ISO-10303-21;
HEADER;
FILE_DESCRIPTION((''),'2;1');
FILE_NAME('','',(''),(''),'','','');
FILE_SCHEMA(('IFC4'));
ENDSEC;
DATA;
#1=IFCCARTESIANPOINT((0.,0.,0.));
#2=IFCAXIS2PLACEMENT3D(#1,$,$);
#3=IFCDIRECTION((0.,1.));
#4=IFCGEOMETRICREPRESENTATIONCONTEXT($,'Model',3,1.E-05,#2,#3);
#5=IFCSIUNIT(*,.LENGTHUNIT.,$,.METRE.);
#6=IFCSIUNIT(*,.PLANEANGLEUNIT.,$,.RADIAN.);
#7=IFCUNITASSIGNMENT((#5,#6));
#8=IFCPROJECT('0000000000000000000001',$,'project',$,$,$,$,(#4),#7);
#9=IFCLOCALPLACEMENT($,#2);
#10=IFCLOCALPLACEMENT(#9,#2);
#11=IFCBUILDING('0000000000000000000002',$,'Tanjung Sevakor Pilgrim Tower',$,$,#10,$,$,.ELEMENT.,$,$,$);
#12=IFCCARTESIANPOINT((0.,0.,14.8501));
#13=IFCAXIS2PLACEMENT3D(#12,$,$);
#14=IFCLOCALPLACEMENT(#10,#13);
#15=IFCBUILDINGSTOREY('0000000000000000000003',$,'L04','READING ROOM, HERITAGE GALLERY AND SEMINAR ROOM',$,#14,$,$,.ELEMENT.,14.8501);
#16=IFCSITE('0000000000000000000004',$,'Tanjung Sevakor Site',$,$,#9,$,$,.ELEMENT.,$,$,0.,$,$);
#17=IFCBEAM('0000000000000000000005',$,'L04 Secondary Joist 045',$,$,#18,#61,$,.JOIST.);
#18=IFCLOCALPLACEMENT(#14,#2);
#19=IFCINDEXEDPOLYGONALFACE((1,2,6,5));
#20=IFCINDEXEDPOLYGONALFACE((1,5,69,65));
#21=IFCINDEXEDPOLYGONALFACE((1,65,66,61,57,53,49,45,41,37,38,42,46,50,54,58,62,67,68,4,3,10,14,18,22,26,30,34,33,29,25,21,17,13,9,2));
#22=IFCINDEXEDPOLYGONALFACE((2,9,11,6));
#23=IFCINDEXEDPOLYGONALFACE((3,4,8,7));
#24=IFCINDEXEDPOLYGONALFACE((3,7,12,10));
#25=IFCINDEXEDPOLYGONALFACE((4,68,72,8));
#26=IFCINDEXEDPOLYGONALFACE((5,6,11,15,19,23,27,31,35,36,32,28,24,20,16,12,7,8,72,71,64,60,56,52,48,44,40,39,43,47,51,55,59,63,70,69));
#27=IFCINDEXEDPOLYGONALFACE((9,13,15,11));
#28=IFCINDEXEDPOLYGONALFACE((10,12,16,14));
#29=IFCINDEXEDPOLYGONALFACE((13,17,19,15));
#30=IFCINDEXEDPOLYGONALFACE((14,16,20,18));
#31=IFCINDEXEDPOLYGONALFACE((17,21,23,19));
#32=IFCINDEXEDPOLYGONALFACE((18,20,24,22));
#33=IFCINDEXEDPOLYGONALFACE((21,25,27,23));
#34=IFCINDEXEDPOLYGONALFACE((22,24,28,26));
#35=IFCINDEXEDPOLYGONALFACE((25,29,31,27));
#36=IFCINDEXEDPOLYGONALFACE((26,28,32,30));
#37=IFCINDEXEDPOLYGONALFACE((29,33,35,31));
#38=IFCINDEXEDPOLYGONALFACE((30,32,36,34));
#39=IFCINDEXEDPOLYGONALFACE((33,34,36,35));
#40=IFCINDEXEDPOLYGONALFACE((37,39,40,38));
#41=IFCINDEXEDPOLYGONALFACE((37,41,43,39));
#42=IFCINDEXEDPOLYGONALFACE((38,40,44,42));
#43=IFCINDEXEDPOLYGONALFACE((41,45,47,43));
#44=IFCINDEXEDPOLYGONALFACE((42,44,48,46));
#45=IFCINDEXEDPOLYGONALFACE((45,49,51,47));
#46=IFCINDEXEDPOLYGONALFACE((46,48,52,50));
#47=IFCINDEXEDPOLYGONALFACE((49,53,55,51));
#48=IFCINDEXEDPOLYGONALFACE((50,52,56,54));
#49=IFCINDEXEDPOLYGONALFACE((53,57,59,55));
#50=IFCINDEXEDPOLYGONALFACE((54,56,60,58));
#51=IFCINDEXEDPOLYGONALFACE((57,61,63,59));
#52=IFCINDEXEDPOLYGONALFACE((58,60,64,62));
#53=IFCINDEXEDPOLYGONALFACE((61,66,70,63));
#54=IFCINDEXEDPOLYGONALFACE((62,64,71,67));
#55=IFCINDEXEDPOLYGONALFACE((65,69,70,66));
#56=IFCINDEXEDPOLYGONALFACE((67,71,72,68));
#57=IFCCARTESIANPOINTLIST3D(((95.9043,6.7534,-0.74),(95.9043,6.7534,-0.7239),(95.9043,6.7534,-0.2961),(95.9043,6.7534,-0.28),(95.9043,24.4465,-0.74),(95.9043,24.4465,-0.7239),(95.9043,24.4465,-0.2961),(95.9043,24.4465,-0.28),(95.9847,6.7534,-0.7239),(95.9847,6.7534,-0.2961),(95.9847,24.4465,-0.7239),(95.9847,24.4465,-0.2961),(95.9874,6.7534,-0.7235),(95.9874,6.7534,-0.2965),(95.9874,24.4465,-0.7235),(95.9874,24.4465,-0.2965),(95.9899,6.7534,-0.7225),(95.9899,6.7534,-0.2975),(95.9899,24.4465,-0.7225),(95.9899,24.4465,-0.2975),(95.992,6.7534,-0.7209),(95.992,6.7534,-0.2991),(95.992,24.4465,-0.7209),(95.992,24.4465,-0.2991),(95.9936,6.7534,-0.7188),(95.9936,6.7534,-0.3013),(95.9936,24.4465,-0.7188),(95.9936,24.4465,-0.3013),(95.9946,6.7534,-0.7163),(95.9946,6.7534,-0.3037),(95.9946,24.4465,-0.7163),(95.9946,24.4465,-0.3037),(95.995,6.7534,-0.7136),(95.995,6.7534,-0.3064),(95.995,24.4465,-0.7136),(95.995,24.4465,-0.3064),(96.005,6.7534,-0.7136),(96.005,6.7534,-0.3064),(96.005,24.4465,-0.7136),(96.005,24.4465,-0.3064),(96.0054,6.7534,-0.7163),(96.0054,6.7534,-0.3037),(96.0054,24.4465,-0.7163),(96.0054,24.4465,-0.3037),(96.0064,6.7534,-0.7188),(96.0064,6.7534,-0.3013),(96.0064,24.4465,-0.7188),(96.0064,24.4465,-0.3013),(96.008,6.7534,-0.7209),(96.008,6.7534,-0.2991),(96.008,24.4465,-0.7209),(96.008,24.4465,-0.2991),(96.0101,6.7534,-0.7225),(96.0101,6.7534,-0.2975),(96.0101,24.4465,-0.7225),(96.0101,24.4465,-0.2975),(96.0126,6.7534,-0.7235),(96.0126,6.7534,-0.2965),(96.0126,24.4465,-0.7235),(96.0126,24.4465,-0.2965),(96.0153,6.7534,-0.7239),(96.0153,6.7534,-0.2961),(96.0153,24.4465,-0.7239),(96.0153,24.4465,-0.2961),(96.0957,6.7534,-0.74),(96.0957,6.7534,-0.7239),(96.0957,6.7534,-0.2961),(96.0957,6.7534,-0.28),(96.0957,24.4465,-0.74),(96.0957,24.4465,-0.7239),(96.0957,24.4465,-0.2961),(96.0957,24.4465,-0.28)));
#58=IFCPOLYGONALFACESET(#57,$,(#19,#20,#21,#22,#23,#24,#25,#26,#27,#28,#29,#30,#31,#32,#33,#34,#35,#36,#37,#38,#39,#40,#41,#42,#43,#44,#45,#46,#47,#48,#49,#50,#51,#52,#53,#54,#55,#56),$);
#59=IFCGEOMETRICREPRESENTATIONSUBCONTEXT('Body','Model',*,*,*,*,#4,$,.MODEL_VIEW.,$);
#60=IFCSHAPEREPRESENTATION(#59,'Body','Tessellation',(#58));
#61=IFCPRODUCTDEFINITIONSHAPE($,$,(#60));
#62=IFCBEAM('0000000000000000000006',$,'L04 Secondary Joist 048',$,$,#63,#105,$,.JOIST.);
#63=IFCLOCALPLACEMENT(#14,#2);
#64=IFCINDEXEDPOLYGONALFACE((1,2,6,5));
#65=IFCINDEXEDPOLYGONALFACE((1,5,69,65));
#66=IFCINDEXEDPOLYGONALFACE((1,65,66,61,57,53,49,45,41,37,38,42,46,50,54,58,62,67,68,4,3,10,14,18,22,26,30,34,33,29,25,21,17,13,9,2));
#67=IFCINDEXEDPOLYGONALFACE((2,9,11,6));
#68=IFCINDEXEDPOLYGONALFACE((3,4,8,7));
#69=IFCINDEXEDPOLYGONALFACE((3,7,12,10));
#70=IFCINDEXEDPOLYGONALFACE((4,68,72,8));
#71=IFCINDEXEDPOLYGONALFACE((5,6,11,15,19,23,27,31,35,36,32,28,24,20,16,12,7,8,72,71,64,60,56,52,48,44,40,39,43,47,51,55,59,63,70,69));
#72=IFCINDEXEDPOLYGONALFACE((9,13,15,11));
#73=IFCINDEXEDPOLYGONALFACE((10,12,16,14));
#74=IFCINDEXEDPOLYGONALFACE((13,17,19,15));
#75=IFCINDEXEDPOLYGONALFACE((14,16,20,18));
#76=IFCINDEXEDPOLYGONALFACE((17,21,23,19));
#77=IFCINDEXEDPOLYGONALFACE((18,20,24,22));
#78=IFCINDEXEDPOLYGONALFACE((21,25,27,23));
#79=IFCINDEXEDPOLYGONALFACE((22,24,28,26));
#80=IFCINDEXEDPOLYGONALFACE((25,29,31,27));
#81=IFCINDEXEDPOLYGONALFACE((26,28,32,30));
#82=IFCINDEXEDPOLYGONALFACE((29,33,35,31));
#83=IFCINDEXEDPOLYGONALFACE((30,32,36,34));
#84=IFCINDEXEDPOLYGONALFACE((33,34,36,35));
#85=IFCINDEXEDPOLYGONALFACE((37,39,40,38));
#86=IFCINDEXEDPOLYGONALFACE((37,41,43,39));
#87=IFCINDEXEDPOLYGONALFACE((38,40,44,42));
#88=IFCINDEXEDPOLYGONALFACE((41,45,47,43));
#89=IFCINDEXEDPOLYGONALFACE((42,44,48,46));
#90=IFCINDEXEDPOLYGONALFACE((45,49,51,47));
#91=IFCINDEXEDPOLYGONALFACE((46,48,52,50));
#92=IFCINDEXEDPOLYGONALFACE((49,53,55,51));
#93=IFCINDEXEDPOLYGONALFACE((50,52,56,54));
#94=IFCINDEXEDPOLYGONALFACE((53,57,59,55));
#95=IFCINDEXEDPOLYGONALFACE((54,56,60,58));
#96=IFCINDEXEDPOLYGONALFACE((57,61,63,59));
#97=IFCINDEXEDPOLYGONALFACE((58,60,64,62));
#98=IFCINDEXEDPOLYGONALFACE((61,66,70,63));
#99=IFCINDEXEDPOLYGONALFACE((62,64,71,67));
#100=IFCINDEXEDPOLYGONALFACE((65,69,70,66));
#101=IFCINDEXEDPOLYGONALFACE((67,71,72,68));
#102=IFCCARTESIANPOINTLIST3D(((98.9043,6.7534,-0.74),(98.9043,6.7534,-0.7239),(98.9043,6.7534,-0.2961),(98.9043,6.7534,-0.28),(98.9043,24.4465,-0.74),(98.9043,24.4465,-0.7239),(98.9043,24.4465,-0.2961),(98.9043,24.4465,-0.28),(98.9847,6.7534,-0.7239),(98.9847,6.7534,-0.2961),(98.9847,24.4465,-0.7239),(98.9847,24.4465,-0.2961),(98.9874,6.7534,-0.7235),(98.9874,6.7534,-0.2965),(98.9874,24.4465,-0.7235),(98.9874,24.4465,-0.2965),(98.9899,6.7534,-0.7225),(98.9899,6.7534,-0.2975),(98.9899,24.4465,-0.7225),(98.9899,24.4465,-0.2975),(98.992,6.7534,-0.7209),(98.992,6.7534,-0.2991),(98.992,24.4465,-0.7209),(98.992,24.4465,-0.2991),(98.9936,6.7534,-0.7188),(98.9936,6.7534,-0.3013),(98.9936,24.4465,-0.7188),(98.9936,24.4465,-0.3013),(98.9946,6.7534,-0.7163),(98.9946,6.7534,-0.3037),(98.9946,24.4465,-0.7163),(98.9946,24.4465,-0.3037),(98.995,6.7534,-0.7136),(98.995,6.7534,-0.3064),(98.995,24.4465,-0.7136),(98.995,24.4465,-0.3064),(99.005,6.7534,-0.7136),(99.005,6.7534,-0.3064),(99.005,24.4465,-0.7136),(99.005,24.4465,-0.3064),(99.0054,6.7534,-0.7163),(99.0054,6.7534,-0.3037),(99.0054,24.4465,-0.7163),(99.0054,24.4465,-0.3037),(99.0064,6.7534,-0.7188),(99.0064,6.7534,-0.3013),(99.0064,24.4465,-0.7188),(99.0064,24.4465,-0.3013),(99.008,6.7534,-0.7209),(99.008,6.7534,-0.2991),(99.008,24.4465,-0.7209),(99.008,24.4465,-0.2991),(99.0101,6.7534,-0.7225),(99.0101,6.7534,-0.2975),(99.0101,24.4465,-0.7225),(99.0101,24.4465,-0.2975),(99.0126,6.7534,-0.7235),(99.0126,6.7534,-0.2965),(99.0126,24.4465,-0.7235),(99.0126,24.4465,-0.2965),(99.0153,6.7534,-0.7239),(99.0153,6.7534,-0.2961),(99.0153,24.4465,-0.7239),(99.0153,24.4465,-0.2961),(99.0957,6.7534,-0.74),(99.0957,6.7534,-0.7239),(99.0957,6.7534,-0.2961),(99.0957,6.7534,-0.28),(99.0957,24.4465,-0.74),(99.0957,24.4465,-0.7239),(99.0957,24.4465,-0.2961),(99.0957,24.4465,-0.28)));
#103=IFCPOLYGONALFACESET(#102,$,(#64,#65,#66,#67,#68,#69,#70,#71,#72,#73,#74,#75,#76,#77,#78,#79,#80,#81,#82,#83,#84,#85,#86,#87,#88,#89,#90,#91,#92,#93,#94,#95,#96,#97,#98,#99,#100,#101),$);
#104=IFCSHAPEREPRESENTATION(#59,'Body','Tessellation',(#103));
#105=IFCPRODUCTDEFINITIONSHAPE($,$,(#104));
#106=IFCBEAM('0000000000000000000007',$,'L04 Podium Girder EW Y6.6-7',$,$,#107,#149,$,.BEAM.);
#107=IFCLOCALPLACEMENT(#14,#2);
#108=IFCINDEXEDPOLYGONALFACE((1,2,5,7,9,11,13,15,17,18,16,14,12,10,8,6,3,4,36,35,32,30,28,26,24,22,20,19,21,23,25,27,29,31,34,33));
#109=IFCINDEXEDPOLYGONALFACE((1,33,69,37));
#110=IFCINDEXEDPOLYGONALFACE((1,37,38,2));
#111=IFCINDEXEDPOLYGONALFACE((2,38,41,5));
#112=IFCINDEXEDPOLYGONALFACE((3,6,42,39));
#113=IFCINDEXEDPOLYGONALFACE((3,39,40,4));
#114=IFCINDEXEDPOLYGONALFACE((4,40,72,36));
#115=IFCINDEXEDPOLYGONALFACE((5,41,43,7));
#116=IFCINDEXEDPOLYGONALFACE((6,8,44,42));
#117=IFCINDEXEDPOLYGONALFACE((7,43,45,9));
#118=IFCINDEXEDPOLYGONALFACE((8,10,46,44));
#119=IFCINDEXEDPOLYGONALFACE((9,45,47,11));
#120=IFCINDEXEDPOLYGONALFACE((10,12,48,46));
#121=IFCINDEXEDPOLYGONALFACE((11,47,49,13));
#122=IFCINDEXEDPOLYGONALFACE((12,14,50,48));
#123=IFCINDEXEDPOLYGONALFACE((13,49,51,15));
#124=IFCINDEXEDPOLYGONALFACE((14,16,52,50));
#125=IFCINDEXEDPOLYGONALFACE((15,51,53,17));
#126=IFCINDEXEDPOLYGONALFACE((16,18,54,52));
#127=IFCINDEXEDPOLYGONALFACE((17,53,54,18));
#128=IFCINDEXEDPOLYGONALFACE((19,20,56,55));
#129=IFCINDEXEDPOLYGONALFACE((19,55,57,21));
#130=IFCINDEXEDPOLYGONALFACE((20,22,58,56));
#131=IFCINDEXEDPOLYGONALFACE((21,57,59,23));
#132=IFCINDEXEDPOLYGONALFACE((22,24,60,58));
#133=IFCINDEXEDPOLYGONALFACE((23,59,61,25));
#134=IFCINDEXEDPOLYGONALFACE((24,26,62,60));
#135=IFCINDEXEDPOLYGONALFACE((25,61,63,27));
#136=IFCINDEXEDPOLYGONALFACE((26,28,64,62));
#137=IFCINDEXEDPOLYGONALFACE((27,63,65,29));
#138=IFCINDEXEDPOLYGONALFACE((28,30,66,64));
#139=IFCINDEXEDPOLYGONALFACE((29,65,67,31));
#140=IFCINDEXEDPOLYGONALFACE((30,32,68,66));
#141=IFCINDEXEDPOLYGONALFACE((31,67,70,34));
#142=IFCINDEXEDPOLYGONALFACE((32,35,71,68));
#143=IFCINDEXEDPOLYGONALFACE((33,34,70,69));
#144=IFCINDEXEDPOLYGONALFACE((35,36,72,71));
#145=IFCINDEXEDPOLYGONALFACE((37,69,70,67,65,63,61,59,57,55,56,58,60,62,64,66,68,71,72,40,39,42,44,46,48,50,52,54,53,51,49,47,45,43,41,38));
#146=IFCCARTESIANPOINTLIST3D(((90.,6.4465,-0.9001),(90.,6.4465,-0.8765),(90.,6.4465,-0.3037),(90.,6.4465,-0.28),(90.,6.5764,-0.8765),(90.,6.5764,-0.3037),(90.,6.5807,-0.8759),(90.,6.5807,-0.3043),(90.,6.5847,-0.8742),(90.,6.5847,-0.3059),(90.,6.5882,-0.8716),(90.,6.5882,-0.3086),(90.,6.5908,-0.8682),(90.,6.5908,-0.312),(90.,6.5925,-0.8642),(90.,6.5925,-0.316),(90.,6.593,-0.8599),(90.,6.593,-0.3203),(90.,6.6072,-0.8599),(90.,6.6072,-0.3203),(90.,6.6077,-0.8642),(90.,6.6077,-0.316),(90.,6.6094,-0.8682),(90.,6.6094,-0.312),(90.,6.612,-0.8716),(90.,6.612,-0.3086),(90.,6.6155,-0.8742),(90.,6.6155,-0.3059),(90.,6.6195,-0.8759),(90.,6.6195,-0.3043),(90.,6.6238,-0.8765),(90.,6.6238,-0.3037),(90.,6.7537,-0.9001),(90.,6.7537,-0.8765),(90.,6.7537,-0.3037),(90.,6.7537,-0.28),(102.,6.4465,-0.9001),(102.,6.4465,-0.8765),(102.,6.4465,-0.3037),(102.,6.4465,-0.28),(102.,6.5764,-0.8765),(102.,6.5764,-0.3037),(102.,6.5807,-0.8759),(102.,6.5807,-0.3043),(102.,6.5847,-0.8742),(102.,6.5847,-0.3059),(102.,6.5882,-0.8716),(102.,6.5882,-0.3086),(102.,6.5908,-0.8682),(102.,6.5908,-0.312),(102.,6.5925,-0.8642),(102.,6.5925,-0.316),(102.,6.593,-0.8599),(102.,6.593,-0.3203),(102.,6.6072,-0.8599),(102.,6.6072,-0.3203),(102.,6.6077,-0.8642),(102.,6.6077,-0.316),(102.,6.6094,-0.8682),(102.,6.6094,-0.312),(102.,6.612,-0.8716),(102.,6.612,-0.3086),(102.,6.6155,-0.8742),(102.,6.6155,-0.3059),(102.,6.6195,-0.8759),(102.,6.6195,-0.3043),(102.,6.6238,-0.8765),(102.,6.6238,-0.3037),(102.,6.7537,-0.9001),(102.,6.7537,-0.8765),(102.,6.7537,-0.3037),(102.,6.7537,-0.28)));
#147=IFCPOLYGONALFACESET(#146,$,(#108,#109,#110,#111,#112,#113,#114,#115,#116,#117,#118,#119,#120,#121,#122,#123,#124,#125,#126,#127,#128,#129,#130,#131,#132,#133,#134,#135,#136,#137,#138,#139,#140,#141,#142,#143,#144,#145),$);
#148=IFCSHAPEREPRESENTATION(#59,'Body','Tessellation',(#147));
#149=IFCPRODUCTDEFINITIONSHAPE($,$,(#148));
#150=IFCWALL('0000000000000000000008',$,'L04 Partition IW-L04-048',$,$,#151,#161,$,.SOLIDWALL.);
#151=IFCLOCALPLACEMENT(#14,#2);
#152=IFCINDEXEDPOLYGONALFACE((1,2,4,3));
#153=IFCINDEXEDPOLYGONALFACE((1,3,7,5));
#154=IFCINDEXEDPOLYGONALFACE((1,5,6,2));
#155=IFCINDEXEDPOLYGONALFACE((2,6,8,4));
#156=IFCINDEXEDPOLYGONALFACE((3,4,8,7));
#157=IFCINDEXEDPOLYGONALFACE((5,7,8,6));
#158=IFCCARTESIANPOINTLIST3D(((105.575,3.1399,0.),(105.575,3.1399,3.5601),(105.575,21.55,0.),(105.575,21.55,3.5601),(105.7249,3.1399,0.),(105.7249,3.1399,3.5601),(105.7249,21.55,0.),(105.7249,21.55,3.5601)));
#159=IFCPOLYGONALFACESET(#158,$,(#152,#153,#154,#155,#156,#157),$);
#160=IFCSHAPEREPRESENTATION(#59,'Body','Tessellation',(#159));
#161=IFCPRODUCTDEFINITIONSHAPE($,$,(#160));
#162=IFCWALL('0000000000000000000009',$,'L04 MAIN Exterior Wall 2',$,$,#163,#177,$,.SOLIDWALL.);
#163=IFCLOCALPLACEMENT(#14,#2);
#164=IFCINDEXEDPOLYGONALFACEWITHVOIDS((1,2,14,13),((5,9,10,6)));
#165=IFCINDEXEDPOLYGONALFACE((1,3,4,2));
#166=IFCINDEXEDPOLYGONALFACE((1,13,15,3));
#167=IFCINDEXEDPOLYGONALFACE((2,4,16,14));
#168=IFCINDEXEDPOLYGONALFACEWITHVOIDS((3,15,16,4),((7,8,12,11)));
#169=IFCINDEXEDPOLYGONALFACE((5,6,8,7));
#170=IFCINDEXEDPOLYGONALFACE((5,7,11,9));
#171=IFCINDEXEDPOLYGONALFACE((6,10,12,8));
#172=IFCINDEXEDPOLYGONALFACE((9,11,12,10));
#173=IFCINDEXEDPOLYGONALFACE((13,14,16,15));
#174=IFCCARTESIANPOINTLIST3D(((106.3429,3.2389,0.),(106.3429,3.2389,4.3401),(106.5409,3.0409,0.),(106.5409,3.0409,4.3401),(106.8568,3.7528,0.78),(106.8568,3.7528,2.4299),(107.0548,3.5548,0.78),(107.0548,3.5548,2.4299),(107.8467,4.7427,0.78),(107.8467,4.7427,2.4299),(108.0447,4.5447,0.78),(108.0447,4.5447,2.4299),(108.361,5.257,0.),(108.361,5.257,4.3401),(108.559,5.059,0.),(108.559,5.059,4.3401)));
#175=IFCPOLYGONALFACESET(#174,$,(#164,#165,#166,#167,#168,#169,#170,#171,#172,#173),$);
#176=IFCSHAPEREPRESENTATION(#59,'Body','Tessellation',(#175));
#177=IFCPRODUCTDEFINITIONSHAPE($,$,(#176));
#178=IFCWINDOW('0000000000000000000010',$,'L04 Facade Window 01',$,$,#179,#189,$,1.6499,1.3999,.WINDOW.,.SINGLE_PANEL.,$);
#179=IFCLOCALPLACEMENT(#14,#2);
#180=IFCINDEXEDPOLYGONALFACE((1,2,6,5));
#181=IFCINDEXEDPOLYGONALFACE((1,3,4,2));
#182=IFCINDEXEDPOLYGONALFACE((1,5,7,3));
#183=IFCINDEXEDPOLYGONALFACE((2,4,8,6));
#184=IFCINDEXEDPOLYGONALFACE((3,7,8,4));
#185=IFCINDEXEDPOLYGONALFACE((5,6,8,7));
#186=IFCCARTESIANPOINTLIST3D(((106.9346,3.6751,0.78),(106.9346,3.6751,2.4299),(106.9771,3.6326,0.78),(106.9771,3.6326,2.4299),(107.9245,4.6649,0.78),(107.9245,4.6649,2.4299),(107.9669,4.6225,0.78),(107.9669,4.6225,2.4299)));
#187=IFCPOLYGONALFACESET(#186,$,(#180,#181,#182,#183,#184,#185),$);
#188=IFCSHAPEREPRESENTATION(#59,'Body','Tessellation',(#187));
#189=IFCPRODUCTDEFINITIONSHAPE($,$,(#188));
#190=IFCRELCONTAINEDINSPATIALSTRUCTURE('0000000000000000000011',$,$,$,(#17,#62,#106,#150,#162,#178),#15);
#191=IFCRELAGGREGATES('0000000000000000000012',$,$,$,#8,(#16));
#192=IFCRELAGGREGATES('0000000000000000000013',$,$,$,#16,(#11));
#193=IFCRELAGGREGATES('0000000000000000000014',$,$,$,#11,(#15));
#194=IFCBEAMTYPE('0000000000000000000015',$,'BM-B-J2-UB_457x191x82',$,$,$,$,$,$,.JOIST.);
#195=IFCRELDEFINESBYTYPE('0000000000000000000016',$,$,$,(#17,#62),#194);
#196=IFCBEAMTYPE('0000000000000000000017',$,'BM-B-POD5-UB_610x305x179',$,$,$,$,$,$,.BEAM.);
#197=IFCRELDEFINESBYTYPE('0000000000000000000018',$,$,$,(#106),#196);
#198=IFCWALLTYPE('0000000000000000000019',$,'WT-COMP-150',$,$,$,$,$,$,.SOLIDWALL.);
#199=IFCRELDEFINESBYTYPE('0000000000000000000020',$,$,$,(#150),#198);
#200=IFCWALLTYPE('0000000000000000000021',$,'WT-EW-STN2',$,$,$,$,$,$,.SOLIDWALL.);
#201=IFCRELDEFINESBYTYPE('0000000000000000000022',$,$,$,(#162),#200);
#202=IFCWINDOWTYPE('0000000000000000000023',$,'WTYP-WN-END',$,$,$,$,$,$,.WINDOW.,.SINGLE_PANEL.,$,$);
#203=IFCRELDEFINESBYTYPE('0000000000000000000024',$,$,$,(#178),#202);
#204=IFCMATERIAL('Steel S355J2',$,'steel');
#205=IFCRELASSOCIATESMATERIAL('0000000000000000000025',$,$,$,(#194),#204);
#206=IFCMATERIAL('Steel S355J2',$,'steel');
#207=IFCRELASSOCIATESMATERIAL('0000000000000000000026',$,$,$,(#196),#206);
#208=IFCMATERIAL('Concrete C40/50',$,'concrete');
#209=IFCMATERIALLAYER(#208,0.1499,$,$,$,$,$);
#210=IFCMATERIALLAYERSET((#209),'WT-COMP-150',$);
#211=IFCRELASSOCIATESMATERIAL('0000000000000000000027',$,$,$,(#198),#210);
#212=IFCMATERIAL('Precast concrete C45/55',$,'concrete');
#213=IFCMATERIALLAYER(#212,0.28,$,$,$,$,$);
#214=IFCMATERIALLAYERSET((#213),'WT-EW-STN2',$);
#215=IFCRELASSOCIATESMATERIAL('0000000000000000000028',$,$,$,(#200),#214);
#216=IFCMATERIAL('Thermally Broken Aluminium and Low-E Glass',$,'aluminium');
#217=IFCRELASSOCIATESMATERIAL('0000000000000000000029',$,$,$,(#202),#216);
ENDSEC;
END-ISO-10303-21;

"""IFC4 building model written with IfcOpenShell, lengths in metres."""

from ifc_helpers import new_model, si_unit, direction, frame, frame_2d, origin, origin_2d, place, context, subcontext, project, spatial, rectangle, i_section, extrude, material, layer, layer_set, material_profile, profile_set, type_object, element, fill, save


model = new_model("IFC4")

# Units and contexts
model_context = context("Model", 3, precision=1e-05, world=origin(), true_north=direction((0.0, 1.0)))
body_context = subcontext(model_context, "Body", "Model", "MODEL_VIEW")
ifc_project = project(units=[si_unit("LENGTHUNIT", "METRE"), si_unit("PLANEANGLEUNIT", "RADIAN")], contexts=[model_context])

# Site, building, storey
site_placement = place(None, origin())
site = spatial("IfcSite", under=ifc_project, at=site_placement, Name="Tanjung Sevakor Site", CompositionType="ELEMENT", RefElevation=0.0)
building_placement = place(site_placement, origin())
building = spatial("IfcBuilding", under=site, at=building_placement, Name="Tanjung Sevakor Pilgrim Tower", CompositionType="ELEMENT")
storey_placement = place(building_placement, frame((0.0, 0.0, 14.8501)))
storey = spatial("IfcBuildingStorey", under=building, at=storey_placement, Name="L04", Description="READING ROOM, HERITAGE GALLERY AND SEMINAR ROOM", CompositionType="ELEMENT", Elevation=14.8501)

# Beams
ifc_material_1 = material(Name="Steel S355J2", Category="steel")
ifc_material_profile_1 = material_profile(ifc_material_1, i_section(OverallWidth=0.1914, OverallDepth=0.46, WebThickness=0.01, FlangeThickness=0.0161, FilletRadius=0.0103, at=origin_2d()))
ifc_profile_set_1 = profile_set([ifc_material_profile_1], Name="Steel S355J2")
beam_type_1 = type_object("IfcBeamType", Name="BM-B-J2-UB_457x191x82", PredefinedType="JOIST", material=ifc_profile_set_1)
for number, where, z_axis, x_axis, name in (
    (1, (96.0, 6.7534, -0.51), (0.0, 1.0, 0.0), (-1.0, 0.0, 0.0), "L04 Secondary Joist 045"),
    (2, (99.0, 6.7534, -0.51), (0.0, 1.0, 0.0), (-1.0, 0.0, 0.0), "L04 Secondary Joist 048"),
):
    element("IfcBeam", number, at=place(storey_placement, frame(where, z_axis=z_axis, x_axis=x_axis)), inside=storey, type_object=beam_type_1, Name=name, PredefinedType="JOIST", context=body_context, shape_type="SweptSolid", body=[
        extrude(i_section(OverallWidth=0.1914, OverallDepth=0.46, WebThickness=0.01, FlangeThickness=0.0161, FilletRadius=0.0103, at=origin_2d()), origin(), (0.0, 0.0, 1.0), 17.6931),
    ])
ifc_material_2 = material(Name="Steel S355J2", Category="steel")
ifc_material_profile_2 = material_profile(ifc_material_2, i_section(OverallWidth=0.3071, OverallDepth=0.6201, WebThickness=0.0142, FlangeThickness=0.0237, FilletRadius=0.0166, at=origin_2d()))
ifc_profile_set_2 = profile_set([ifc_material_profile_2], Name="Steel S355J2")
beam_type_2 = type_object("IfcBeamType", Name="BM-B-POD5-UB_610x305x179", PredefinedType="BEAM", material=ifc_profile_set_2)
beam_placement = place(storey_placement, frame((90.0, 6.6001, -0.5901), z_axis=(1.0, 0.0, 0.0), x_axis=(0.0, 1.0, 0.0)))
element("IfcBeam", 3, at=beam_placement, inside=storey, type_object=beam_type_2, Name="L04 Podium Girder EW Y6.6-7", PredefinedType="BEAM", context=body_context, shape_type="SweptSolid", body=[
    extrude(i_section(OverallWidth=0.3071, OverallDepth=0.6201, WebThickness=0.0142, FlangeThickness=0.0237, FilletRadius=0.0166, at=origin_2d()), origin(), (0.0, 0.0, 1.0), 12.0),
])

# Wall
ifc_material_3 = material(Name="Concrete C40/50", Category="concrete")
ifc_layer_1 = layer(ifc_material_3, 0.1499)
ifc_layer_set_1 = layer_set([ifc_layer_1], Name="WT-COMP-150")
wall_type_1 = type_object("IfcWallType", Name="WT-COMP-150", PredefinedType="SOLIDWALL", material=ifc_layer_set_1)
wall_1_placement = place(storey_placement, frame((105.6499, 3.1399, 0.0), z_axis=(0.0, 0.0, 1.0), x_axis=(0.0, 1.0, 0.0)))
element("IfcWall", 4, at=wall_1_placement, inside=storey, type_object=wall_type_1, Name="L04 Partition IW-L04-048", PredefinedType="SOLIDWALL", context=body_context, shape_type="SweptSolid", body=[
    extrude(rectangle(XDim=18.4102, YDim=0.1499, at=frame_2d((9.2051, 0.0))), origin(), (0.0, 0.0, 1.0), 3.5601),
])

# Wall, opening, window
ifc_material_4 = material(Name="Precast concrete C45/55", Category="concrete")
ifc_layer_2 = layer(ifc_material_4, 0.28)
ifc_layer_set_2 = layer_set([ifc_layer_2], Name="WT-EW-STN2")
wall_type_2 = type_object("IfcWallType", Name="WT-EW-STN2", PredefinedType="SOLIDWALL", material=ifc_layer_set_2)
wall_2_placement = place(storey_placement, frame((106.4419, 3.1399, 0.0), z_axis=(0.0, 0.0, 1.0), x_axis=(0.707107, 0.707107, 0.0)))
wall_2 = element("IfcWall", 5, at=wall_2_placement, inside=storey, type_object=wall_type_2, Name="L04 MAIN Exterior Wall 2", PredefinedType="SOLIDWALL", context=body_context, shape_type="SweptSolid", body=[
    extrude(rectangle(XDim=2.854, YDim=0.28, at=frame_2d((1.427, 0.0))), origin(), (0.0, 0.0, 1.0), 4.3401),
])
opening_1_placement = place(wall_2_placement, frame((0.7268, 0.0, 0.78)))
opening_1 = element("IfcOpeningElement", 6, at=opening_1_placement, cuts=wall_2, PredefinedType="OPENING", context=body_context, shape_type="SweptSolid", body=[
    extrude(rectangle(XDim=1.3999, YDim=1.6499, at=frame_2d((0.7, 0.825))), frame((0.0, 0.1499, 0.0), z_axis=(0.0, -1.0, 0.0), x_axis=(1.0, 0.0, 0.0)), (0.0, 0.0, 1.0), 0.3),
])
ifc_material_5 = material(Name="Thermally Broken Aluminium and Low-E Glass", Category="aluminium")
window_type_1 = type_object("IfcWindowType", Name="WTYP-WN-END", PartitioningType="SINGLE_PANEL", PredefinedType="WINDOW", material=ifc_material_5)
window_1_placement = place(opening_1_placement, origin())
window_1 = element("IfcWindow", 7, at=window_1_placement, inside=storey, type_object=window_type_1, Name="L04 Facade Window 01", OverallHeight=1.6499, OverallWidth=1.3999, PartitioningType="SINGLE_PANEL", PredefinedType="WINDOW", context=body_context, shape_type="SweptSolid", body=[
    extrude(rectangle(XDim=1.3999, YDim=1.6499, at=frame_2d((0.7, 0.825))), frame((0.0, 0.03, 0.0), z_axis=(0.0, -1.0, 0.0), x_axis=(1.0, 0.0, 0.0)), (0.0, 0.0, 1.0), 0.0601),
])
fill(opening_1, window_1)

save(model, "model.ifc")
